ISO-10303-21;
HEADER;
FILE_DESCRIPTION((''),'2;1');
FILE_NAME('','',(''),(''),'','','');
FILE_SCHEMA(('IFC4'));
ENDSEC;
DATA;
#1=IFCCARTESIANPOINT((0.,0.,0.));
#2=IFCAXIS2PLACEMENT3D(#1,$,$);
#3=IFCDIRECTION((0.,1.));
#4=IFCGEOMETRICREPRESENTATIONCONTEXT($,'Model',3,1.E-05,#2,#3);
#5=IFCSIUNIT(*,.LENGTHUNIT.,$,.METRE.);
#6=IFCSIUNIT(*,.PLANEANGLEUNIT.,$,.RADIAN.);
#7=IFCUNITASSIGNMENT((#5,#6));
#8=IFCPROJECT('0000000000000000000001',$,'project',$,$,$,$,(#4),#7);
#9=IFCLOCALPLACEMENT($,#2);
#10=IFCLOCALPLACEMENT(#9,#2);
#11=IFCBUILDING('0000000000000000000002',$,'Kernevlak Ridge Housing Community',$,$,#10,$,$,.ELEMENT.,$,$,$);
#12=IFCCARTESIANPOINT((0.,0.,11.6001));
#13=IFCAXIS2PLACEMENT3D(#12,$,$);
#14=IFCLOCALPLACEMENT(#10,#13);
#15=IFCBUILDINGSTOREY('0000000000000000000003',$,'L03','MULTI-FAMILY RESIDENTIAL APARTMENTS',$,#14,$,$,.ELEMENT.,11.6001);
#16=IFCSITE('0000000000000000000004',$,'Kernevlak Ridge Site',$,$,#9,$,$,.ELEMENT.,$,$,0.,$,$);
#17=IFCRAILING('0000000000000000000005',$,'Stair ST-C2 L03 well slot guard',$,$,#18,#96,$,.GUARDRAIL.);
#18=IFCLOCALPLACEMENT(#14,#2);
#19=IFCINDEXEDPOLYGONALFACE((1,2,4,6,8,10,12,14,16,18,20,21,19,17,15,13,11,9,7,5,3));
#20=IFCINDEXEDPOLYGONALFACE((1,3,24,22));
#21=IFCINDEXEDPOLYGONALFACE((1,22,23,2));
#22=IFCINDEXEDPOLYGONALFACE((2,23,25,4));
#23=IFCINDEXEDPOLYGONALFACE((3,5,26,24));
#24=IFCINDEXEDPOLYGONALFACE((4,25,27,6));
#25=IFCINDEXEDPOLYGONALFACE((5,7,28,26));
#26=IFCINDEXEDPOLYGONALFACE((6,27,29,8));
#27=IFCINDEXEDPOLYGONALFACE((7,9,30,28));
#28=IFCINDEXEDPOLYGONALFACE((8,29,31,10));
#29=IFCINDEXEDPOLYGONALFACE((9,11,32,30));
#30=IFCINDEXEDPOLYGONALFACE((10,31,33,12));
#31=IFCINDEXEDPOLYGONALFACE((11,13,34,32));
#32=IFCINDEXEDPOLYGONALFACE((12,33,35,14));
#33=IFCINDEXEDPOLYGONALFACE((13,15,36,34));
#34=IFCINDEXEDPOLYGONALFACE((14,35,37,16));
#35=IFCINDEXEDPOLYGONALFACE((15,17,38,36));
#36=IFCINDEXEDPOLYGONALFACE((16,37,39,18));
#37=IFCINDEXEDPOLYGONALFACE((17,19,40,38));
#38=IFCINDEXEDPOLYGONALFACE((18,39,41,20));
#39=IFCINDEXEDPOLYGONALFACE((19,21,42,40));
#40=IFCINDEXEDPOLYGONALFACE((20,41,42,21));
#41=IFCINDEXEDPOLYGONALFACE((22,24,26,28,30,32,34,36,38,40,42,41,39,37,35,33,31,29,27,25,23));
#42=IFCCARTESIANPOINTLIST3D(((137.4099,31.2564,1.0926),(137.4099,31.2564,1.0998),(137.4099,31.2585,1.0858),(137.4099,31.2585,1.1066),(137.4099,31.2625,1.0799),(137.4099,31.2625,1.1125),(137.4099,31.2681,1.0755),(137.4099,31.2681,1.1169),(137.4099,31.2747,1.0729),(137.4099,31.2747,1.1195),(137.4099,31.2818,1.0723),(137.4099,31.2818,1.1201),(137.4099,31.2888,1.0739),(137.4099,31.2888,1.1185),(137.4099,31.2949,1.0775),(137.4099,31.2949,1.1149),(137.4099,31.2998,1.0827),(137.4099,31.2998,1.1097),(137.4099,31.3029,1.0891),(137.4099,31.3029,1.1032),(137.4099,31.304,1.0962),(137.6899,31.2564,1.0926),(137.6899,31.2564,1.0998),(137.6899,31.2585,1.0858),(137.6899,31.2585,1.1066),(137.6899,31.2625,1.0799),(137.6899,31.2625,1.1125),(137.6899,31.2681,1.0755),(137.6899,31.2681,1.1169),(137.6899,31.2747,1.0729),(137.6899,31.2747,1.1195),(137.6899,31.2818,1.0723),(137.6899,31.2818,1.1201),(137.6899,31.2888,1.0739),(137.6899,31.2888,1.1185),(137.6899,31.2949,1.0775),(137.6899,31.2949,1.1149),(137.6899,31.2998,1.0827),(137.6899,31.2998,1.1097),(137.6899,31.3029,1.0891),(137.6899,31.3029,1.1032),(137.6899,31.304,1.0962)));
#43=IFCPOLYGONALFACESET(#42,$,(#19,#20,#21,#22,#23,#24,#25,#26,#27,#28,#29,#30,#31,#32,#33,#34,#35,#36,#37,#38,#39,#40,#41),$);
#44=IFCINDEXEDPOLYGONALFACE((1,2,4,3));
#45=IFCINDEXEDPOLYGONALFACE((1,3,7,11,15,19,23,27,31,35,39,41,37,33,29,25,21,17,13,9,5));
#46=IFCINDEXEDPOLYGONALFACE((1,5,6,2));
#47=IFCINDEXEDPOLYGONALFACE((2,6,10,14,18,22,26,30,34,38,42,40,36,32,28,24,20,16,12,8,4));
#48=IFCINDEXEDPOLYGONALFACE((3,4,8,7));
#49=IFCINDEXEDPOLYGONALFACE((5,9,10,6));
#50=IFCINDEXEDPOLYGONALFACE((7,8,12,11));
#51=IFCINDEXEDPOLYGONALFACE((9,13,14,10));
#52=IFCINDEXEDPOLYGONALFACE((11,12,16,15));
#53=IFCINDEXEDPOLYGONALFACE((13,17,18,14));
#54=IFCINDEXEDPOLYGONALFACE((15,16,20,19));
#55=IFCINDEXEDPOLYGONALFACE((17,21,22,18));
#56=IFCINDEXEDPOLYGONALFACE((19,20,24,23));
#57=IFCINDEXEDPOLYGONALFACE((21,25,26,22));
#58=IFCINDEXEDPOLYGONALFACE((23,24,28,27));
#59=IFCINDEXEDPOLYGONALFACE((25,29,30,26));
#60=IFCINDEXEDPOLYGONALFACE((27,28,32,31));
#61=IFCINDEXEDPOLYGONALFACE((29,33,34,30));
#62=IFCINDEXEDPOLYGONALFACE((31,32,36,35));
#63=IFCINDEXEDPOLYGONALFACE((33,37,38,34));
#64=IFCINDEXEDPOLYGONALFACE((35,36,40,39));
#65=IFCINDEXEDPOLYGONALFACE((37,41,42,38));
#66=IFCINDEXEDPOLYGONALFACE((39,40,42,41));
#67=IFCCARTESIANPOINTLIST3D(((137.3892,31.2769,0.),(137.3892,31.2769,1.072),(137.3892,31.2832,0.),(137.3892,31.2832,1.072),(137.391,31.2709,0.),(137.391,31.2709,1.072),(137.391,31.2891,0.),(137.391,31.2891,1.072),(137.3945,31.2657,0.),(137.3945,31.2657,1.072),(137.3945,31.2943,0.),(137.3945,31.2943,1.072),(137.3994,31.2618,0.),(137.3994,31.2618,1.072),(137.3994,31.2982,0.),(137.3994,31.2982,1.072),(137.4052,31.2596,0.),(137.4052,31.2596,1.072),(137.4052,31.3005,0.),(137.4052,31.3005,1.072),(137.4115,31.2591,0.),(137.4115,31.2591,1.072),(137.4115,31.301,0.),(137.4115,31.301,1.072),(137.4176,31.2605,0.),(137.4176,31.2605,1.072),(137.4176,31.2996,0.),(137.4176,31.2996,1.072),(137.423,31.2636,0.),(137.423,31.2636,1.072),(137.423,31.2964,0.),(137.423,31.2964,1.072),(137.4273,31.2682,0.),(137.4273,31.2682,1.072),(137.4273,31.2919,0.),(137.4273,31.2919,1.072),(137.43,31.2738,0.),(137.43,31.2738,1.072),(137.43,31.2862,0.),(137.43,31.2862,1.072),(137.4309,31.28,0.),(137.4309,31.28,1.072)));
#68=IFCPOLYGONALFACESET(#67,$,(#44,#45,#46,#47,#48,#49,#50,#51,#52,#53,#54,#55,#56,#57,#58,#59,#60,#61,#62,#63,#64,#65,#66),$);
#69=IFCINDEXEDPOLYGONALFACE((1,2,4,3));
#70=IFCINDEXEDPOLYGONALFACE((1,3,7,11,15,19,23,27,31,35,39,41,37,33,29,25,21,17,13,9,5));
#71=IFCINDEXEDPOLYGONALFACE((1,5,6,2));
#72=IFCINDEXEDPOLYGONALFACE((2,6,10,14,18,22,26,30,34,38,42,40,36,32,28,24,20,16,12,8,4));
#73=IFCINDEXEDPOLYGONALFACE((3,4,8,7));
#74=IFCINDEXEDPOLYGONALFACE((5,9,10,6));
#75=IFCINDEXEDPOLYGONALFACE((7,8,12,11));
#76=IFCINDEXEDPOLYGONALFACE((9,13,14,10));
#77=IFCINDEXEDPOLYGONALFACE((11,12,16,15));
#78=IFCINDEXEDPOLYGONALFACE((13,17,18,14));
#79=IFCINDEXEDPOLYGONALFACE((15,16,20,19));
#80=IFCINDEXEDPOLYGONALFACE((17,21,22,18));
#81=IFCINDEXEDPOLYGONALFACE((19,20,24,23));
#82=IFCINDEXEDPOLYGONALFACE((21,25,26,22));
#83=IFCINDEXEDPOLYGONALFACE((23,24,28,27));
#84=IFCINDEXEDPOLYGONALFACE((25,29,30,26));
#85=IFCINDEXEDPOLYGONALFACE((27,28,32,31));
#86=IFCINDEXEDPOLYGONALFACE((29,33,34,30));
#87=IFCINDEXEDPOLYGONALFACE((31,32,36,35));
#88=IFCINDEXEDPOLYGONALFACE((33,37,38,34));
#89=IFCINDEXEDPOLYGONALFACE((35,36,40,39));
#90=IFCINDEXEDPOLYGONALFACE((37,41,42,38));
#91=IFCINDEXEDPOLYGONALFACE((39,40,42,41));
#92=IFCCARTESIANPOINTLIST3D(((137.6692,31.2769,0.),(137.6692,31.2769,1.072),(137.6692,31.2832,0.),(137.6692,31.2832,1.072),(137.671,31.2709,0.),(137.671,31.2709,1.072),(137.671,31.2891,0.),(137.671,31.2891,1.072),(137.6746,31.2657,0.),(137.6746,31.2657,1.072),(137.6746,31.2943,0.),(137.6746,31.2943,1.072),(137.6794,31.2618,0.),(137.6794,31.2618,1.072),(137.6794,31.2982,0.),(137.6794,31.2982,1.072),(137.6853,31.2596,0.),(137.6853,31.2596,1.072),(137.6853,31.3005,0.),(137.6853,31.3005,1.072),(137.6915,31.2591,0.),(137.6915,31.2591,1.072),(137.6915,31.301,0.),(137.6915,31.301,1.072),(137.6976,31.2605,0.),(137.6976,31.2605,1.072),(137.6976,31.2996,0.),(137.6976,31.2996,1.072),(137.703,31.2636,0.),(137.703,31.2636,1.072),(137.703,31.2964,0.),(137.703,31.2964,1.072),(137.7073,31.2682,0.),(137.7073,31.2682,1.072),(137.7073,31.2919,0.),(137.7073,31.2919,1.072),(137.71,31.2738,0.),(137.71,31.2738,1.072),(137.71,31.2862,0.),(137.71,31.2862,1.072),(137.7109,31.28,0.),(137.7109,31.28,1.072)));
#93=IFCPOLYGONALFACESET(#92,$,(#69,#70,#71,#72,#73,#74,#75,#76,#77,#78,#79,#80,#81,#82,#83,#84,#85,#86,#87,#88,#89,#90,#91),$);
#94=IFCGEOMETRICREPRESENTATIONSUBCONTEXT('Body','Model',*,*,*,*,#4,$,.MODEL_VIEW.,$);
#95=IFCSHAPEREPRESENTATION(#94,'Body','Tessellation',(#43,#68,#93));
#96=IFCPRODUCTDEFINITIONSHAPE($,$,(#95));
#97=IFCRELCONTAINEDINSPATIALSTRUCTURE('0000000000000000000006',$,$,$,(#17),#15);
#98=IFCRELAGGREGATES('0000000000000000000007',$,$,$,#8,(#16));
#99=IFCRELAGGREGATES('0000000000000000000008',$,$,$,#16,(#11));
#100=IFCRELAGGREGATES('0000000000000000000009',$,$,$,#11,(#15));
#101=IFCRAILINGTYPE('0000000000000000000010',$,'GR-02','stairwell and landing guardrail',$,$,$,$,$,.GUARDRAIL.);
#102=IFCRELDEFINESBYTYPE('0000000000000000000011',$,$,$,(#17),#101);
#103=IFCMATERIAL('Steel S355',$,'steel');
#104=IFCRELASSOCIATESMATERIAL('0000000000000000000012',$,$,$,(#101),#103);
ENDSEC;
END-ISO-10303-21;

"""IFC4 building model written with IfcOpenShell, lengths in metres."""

from ifc_helpers import new_model, si_unit, direction, frame, origin, origin_2d, place, context, subcontext, project, spatial, circle, extrude, material, type_object, element, save


model = new_model("IFC4")

# Units and contexts
model_context = context("Model", 3, precision=1e-05, world=origin(), true_north=direction((0.0, 1.0)))
body_context = subcontext(model_context, "Body", "Model", "MODEL_VIEW")
ifc_project = project(units=[si_unit("LENGTHUNIT", "METRE"), si_unit("PLANEANGLEUNIT", "RADIAN")], contexts=[model_context])

# Site, building, storey
site_placement = place(None, origin())
site = spatial("IfcSite", under=ifc_project, at=site_placement, Name="Kernevlak Ridge Site", CompositionType="ELEMENT", RefElevation=0.0)
building_placement = place(site_placement, origin())
building = spatial("IfcBuilding", under=site, at=building_placement, Name="Kernevlak Ridge Housing Community", CompositionType="ELEMENT")
storey_placement = place(building_placement, frame((0.0, 0.0, 11.6001)))
storey = spatial("IfcBuildingStorey", under=building, at=storey_placement, Name="L03", Description="MULTI-FAMILY RESIDENTIAL APARTMENTS", CompositionType="ELEMENT", Elevation=11.6001)

# Railing
ifc_material_1 = material(Name="Steel S355", Category="steel")
railing_type_1 = type_object("IfcRailingType", Name="GR-02", Description="stairwell and landing guardrail", PredefinedType="GUARDRAIL", material=ifc_material_1)
railing_1_placement = place(storey_placement, frame((137.4099, 31.28, 0.0)))
element("IfcRailing", 1, at=railing_1_placement, inside=storey, type_object=railing_type_1, Name="Stair ST-C2 L03 well slot guard", PredefinedType="GUARDRAIL", context=body_context, shape_type="SweptSolid", body=[
    extrude(circle(Radius=0.0239, at=origin_2d()), frame((0.0, 0.0, 1.0962), z_axis=(1.0, 0.0, 0.0), x_axis=(0.0, 1.0, 0.0)), (0.0, 0.0, 1.0), 0.28),
    extrude(circle(Radius=0.021, at=origin_2d()), origin(), (0.0, 0.0, 1.0), 1.072),
    extrude(circle(Radius=0.021, at=origin_2d()), frame((0.28, 0.0, 0.0)), (0.0, 0.0, 1.0), 1.072),
])

save(model, "model.ifc")
